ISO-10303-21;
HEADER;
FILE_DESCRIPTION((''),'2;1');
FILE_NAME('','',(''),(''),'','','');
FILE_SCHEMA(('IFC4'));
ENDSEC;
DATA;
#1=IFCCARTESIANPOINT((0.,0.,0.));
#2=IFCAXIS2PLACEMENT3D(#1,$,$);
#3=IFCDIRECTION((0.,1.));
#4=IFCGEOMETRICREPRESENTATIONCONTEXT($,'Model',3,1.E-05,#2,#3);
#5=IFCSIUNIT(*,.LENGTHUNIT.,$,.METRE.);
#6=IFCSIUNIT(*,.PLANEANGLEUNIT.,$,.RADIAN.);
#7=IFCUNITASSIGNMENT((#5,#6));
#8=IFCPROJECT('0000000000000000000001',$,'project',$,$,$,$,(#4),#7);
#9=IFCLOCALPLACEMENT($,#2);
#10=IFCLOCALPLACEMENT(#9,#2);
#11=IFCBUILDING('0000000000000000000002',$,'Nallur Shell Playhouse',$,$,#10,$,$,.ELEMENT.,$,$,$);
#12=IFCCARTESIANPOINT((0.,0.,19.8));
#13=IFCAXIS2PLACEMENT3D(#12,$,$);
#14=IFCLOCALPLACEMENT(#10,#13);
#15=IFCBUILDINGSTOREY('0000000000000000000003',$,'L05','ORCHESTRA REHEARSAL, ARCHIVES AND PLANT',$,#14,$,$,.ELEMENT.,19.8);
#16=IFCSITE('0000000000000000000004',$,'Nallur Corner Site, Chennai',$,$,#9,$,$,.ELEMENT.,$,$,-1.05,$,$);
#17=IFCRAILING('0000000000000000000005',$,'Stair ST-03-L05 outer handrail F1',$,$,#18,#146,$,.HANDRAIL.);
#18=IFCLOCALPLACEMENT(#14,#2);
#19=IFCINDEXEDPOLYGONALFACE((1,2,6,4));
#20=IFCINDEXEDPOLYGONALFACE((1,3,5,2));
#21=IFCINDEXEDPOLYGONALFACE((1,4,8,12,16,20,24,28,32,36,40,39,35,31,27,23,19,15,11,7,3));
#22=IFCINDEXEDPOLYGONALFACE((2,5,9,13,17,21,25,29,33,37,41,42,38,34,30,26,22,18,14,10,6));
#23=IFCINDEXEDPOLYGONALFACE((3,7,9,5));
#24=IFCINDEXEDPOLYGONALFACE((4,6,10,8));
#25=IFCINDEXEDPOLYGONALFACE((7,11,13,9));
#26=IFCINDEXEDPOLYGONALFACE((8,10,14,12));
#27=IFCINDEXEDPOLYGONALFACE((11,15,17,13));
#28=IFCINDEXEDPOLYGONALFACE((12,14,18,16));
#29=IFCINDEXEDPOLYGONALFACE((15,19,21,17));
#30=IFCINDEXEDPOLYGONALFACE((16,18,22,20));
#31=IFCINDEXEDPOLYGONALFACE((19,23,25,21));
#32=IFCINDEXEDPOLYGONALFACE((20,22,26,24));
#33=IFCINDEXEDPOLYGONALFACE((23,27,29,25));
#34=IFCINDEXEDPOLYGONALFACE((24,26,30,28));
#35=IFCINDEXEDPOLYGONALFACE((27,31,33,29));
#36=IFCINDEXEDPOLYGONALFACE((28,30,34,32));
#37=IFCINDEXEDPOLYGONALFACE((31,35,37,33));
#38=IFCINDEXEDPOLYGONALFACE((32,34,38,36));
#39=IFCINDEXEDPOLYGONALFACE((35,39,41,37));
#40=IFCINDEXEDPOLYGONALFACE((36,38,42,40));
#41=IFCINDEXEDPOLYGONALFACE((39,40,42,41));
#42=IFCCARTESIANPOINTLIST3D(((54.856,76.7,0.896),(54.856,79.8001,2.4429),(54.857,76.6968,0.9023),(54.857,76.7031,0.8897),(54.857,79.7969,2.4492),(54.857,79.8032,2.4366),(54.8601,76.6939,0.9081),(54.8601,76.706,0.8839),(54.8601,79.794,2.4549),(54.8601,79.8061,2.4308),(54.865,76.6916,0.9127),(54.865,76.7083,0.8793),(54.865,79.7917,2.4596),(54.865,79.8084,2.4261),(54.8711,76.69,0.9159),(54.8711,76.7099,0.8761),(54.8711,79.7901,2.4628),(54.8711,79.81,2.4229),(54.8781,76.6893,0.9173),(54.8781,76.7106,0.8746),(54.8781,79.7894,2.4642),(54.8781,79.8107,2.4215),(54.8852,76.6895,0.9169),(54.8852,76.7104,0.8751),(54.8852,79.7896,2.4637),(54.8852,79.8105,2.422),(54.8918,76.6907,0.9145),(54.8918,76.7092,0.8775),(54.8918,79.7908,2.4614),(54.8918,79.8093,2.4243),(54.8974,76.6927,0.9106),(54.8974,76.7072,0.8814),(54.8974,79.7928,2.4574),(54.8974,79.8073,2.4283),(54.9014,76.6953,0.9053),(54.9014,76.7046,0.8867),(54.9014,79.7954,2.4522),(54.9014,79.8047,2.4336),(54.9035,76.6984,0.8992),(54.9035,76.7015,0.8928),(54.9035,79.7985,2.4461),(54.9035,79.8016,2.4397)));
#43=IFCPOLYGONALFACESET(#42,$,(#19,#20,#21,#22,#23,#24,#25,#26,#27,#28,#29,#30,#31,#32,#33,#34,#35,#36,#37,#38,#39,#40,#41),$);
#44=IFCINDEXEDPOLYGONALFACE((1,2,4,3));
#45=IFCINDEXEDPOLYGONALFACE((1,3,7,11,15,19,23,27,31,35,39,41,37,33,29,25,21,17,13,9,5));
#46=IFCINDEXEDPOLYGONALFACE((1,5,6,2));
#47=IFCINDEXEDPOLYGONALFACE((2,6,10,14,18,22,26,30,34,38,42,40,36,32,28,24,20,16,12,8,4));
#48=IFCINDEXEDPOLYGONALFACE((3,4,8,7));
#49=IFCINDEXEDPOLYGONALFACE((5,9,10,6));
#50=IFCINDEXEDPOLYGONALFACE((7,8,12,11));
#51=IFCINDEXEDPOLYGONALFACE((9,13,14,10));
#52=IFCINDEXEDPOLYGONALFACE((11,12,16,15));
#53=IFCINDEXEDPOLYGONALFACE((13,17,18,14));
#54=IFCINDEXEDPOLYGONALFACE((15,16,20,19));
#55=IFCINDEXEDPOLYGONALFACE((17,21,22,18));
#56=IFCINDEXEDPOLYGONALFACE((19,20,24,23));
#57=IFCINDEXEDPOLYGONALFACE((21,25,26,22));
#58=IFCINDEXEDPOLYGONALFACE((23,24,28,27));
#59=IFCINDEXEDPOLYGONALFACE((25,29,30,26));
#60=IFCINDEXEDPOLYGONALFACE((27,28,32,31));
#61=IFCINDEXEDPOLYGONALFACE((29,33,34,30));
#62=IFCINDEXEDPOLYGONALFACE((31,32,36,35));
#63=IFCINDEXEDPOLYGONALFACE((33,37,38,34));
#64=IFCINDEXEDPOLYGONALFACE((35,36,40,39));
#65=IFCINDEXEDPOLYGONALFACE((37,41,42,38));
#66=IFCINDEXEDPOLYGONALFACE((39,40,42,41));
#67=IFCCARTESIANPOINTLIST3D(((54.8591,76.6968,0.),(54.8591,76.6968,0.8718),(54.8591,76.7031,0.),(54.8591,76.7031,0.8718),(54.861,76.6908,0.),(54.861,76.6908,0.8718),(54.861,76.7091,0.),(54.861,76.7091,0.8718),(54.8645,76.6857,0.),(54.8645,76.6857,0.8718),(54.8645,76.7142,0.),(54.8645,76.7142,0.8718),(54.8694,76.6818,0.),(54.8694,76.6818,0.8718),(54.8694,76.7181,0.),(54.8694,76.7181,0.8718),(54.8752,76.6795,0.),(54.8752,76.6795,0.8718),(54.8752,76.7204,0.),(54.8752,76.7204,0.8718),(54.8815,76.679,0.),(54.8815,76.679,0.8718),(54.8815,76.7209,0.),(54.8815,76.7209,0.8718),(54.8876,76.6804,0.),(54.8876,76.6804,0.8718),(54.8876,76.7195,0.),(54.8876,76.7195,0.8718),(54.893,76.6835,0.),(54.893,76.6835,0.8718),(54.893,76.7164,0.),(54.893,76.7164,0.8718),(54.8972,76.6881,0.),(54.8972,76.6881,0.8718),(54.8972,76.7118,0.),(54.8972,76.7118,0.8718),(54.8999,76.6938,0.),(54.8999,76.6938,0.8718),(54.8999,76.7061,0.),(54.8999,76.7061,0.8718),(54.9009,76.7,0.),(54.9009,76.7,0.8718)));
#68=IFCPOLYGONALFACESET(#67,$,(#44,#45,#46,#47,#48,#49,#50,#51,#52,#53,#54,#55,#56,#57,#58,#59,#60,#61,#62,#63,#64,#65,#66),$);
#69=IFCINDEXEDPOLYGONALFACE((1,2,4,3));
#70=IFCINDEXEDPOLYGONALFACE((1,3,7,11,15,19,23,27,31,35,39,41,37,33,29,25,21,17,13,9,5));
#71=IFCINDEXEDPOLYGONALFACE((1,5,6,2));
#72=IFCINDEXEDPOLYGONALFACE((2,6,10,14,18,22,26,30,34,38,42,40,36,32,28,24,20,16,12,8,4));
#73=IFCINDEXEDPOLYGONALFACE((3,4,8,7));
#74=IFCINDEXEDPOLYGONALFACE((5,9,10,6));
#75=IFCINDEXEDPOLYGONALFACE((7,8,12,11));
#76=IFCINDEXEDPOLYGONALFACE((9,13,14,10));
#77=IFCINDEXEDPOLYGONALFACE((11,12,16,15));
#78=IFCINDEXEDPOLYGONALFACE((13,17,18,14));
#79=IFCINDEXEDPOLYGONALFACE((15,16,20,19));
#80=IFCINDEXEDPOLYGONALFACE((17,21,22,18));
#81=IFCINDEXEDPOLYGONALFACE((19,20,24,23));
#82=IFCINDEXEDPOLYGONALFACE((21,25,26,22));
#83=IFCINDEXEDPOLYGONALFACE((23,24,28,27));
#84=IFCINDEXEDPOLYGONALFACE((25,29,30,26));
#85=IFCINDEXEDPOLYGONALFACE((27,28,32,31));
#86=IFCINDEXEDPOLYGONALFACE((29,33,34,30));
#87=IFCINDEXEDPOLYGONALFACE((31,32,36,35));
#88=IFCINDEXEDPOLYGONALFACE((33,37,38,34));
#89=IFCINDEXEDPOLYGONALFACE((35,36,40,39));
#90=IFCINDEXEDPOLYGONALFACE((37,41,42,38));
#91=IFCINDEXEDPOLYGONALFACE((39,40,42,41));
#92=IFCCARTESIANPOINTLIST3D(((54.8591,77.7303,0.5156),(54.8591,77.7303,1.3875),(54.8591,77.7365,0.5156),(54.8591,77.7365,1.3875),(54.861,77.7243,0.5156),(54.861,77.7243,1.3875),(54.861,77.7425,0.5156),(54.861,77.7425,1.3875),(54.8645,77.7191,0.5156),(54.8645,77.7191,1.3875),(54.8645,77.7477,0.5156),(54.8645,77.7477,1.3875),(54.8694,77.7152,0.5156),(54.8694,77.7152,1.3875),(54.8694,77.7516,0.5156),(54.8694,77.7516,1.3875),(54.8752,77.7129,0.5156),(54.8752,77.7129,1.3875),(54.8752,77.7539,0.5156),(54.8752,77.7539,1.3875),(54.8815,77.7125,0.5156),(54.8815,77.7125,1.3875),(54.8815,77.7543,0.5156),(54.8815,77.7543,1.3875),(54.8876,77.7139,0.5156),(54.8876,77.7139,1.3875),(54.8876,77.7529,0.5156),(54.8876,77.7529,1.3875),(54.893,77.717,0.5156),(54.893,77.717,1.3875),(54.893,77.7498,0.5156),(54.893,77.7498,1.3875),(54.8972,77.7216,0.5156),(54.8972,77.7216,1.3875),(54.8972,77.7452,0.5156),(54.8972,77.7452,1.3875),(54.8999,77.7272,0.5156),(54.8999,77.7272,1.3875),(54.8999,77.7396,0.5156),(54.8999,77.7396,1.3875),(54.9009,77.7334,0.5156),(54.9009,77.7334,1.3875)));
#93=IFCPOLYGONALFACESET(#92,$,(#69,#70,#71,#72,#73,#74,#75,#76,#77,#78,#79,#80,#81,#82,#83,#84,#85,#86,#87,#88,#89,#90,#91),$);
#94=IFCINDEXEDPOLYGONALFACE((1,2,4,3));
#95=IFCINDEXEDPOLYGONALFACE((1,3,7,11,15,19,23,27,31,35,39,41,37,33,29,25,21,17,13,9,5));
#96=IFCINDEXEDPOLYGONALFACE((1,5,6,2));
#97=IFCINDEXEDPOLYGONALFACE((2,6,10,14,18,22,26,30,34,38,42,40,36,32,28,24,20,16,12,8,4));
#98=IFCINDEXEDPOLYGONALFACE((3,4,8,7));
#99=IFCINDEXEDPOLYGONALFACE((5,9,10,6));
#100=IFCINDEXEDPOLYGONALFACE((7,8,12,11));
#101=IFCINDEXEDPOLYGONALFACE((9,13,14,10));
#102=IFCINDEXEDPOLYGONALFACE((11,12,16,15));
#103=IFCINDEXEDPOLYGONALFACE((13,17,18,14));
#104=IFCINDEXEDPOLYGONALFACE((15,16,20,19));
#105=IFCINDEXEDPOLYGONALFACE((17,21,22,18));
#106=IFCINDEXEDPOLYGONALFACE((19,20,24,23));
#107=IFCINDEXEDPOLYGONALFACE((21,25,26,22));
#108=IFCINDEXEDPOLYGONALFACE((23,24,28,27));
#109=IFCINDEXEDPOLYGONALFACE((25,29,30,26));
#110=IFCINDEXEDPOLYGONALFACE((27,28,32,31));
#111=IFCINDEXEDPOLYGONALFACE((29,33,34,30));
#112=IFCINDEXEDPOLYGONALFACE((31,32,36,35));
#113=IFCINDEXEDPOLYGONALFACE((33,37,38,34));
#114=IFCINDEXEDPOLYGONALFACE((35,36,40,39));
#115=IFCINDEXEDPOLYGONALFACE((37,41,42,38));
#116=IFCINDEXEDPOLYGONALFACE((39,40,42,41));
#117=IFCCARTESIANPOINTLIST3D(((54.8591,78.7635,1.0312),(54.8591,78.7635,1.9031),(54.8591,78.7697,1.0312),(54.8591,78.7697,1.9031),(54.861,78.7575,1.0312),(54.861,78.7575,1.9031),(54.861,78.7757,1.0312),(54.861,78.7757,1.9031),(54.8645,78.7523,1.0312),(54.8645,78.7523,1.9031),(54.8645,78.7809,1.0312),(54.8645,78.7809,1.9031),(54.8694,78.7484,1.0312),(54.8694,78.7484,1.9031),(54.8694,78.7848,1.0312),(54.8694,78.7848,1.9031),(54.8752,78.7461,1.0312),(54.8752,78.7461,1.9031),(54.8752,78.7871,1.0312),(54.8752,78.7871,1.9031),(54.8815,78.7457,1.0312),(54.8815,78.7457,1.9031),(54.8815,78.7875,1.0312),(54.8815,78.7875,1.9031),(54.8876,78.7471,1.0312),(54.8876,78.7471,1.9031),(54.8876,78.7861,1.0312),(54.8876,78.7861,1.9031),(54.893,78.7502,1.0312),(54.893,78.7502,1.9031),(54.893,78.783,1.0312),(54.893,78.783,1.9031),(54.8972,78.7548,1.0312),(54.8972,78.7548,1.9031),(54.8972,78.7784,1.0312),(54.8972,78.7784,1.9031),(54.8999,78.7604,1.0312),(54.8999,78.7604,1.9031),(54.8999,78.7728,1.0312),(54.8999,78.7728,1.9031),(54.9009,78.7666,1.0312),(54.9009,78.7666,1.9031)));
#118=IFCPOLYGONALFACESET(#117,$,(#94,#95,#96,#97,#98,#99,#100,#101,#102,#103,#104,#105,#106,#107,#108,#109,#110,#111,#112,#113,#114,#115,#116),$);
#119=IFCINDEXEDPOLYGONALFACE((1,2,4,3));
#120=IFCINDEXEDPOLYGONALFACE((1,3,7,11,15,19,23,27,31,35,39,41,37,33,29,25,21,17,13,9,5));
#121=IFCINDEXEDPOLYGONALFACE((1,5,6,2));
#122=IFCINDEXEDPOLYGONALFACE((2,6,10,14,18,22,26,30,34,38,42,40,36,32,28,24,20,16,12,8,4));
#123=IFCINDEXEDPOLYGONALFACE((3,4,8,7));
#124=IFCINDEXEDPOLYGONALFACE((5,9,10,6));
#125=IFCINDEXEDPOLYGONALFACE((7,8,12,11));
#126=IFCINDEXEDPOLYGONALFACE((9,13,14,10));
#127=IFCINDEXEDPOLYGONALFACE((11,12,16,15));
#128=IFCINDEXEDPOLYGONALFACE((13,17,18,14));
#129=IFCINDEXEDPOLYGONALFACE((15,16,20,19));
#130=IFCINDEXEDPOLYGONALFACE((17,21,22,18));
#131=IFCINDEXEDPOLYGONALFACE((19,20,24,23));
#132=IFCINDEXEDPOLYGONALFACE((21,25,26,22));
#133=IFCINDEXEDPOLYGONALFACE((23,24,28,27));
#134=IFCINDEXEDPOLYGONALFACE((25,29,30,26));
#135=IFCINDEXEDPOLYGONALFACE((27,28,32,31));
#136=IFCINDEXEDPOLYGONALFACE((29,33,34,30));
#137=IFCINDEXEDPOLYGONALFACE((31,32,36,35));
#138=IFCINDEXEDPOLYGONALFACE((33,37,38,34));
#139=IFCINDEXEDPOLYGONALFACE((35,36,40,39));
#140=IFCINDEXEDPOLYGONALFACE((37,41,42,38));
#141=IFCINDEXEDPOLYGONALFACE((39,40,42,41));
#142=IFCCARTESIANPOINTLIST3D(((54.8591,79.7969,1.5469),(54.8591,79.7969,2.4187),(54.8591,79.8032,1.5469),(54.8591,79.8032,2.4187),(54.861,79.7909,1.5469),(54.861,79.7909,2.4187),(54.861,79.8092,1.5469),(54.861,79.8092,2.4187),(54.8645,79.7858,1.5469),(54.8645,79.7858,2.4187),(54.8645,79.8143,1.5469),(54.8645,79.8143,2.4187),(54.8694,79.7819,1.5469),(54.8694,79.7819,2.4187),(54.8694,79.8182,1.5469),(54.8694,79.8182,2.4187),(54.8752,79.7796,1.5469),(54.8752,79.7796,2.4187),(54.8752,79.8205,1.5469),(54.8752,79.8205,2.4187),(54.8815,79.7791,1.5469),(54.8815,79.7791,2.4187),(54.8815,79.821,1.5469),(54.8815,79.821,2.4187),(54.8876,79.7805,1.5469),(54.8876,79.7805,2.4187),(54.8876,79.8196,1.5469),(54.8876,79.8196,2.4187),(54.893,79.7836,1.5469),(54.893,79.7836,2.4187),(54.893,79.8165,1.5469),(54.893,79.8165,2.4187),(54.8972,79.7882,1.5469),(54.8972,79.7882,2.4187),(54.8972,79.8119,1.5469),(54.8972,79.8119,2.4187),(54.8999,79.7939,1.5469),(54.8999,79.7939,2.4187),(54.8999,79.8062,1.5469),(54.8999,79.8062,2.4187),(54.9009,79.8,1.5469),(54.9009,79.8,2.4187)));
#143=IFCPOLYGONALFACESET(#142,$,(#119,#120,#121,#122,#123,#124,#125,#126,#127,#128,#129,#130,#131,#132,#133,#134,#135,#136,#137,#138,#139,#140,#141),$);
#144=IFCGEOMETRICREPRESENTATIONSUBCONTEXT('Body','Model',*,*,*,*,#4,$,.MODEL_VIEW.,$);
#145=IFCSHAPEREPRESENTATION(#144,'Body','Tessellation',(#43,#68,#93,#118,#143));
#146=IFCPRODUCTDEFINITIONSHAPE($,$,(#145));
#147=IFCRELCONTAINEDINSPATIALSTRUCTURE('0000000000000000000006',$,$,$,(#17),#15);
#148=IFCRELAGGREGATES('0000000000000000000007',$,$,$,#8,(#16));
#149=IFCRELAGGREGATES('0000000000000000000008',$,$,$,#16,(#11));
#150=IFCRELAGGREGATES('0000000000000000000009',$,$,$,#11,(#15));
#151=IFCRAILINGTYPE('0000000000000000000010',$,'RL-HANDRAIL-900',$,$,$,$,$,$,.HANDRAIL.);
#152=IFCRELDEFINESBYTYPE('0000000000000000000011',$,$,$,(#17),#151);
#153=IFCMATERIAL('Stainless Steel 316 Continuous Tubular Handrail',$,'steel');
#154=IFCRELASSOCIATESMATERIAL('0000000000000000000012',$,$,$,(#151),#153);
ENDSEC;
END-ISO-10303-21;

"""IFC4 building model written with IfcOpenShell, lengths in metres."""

from ifc_helpers import new_model, si_unit, direction, frame, origin, origin_2d, place, context, subcontext, project, spatial, circle, extrude, material, type_object, element, save


model = new_model("IFC4")

# Units and contexts
model_context = context("Model", 3, precision=1e-05, world=origin(), true_north=direction((0.0, 1.0)))
body_context = subcontext(model_context, "Body", "Model", "MODEL_VIEW")
ifc_project = project(units=[si_unit("LENGTHUNIT", "METRE"), si_unit("PLANEANGLEUNIT", "RADIAN")], contexts=[model_context])

# Site, building, storey
site_placement = place(None, origin())
site = spatial("IfcSite", under=ifc_project, at=site_placement, Name="Nallur Corner Site, Chennai", CompositionType="ELEMENT", RefElevation=-1.05)
building_placement = place(site_placement, origin())
building = spatial("IfcBuilding", under=site, at=building_placement, Name="Nallur Shell Playhouse", CompositionType="ELEMENT")
storey_placement = place(building_placement, frame((0.0, 0.0, 19.8)))
storey = spatial("IfcBuildingStorey", under=building, at=storey_placement, Name="L05", Description="ORCHESTRA REHEARSAL, ARCHIVES AND PLANT", CompositionType="ELEMENT", Elevation=19.8)

# Railing
ifc_material_1 = material(Name="Stainless Steel 316 Continuous Tubular Handrail", Category="steel")
railing_type_1 = type_object("IfcRailingType", Name="RL-HANDRAIL-900", PredefinedType="HANDRAIL", material=ifc_material_1)
railing_1_placement = place(storey_placement, frame((54.8799, 76.7, 0.0)))
element("IfcRailing", 1, at=railing_1_placement, inside=storey, type_object=railing_type_1, Name="Stair ST-03-L05 outer handrail F1", PredefinedType="HANDRAIL", context=body_context, shape_type="SweptSolid", body=[
    extrude(circle(Radius=0.0239, at=origin_2d()), frame((0.0, 0.0, 0.896), z_axis=(0.0, 0.894793, 0.446481), x_axis=(-1.0, 0.0, 0.0)), (0.0, 0.0, 1.0), 3.4646),
    extrude(circle(Radius=0.021, at=origin_2d()), origin(), (0.0, 0.0, 1.0), 0.8718),
    extrude(circle(Radius=0.021, at=origin_2d()), frame((0.0, 1.0334, 0.5156)), (0.0, 0.0, 1.0), 0.8718),
    extrude(circle(Radius=0.021, at=origin_2d()), frame((0.0, 2.0667, 1.0312)), (0.0, 0.0, 1.0), 0.8718),
    extrude(circle(Radius=0.021, at=origin_2d()), frame((0.0, 3.1001, 1.5469)), (0.0, 0.0, 1.0), 0.8718),
])

save(model, "model.ifc")
